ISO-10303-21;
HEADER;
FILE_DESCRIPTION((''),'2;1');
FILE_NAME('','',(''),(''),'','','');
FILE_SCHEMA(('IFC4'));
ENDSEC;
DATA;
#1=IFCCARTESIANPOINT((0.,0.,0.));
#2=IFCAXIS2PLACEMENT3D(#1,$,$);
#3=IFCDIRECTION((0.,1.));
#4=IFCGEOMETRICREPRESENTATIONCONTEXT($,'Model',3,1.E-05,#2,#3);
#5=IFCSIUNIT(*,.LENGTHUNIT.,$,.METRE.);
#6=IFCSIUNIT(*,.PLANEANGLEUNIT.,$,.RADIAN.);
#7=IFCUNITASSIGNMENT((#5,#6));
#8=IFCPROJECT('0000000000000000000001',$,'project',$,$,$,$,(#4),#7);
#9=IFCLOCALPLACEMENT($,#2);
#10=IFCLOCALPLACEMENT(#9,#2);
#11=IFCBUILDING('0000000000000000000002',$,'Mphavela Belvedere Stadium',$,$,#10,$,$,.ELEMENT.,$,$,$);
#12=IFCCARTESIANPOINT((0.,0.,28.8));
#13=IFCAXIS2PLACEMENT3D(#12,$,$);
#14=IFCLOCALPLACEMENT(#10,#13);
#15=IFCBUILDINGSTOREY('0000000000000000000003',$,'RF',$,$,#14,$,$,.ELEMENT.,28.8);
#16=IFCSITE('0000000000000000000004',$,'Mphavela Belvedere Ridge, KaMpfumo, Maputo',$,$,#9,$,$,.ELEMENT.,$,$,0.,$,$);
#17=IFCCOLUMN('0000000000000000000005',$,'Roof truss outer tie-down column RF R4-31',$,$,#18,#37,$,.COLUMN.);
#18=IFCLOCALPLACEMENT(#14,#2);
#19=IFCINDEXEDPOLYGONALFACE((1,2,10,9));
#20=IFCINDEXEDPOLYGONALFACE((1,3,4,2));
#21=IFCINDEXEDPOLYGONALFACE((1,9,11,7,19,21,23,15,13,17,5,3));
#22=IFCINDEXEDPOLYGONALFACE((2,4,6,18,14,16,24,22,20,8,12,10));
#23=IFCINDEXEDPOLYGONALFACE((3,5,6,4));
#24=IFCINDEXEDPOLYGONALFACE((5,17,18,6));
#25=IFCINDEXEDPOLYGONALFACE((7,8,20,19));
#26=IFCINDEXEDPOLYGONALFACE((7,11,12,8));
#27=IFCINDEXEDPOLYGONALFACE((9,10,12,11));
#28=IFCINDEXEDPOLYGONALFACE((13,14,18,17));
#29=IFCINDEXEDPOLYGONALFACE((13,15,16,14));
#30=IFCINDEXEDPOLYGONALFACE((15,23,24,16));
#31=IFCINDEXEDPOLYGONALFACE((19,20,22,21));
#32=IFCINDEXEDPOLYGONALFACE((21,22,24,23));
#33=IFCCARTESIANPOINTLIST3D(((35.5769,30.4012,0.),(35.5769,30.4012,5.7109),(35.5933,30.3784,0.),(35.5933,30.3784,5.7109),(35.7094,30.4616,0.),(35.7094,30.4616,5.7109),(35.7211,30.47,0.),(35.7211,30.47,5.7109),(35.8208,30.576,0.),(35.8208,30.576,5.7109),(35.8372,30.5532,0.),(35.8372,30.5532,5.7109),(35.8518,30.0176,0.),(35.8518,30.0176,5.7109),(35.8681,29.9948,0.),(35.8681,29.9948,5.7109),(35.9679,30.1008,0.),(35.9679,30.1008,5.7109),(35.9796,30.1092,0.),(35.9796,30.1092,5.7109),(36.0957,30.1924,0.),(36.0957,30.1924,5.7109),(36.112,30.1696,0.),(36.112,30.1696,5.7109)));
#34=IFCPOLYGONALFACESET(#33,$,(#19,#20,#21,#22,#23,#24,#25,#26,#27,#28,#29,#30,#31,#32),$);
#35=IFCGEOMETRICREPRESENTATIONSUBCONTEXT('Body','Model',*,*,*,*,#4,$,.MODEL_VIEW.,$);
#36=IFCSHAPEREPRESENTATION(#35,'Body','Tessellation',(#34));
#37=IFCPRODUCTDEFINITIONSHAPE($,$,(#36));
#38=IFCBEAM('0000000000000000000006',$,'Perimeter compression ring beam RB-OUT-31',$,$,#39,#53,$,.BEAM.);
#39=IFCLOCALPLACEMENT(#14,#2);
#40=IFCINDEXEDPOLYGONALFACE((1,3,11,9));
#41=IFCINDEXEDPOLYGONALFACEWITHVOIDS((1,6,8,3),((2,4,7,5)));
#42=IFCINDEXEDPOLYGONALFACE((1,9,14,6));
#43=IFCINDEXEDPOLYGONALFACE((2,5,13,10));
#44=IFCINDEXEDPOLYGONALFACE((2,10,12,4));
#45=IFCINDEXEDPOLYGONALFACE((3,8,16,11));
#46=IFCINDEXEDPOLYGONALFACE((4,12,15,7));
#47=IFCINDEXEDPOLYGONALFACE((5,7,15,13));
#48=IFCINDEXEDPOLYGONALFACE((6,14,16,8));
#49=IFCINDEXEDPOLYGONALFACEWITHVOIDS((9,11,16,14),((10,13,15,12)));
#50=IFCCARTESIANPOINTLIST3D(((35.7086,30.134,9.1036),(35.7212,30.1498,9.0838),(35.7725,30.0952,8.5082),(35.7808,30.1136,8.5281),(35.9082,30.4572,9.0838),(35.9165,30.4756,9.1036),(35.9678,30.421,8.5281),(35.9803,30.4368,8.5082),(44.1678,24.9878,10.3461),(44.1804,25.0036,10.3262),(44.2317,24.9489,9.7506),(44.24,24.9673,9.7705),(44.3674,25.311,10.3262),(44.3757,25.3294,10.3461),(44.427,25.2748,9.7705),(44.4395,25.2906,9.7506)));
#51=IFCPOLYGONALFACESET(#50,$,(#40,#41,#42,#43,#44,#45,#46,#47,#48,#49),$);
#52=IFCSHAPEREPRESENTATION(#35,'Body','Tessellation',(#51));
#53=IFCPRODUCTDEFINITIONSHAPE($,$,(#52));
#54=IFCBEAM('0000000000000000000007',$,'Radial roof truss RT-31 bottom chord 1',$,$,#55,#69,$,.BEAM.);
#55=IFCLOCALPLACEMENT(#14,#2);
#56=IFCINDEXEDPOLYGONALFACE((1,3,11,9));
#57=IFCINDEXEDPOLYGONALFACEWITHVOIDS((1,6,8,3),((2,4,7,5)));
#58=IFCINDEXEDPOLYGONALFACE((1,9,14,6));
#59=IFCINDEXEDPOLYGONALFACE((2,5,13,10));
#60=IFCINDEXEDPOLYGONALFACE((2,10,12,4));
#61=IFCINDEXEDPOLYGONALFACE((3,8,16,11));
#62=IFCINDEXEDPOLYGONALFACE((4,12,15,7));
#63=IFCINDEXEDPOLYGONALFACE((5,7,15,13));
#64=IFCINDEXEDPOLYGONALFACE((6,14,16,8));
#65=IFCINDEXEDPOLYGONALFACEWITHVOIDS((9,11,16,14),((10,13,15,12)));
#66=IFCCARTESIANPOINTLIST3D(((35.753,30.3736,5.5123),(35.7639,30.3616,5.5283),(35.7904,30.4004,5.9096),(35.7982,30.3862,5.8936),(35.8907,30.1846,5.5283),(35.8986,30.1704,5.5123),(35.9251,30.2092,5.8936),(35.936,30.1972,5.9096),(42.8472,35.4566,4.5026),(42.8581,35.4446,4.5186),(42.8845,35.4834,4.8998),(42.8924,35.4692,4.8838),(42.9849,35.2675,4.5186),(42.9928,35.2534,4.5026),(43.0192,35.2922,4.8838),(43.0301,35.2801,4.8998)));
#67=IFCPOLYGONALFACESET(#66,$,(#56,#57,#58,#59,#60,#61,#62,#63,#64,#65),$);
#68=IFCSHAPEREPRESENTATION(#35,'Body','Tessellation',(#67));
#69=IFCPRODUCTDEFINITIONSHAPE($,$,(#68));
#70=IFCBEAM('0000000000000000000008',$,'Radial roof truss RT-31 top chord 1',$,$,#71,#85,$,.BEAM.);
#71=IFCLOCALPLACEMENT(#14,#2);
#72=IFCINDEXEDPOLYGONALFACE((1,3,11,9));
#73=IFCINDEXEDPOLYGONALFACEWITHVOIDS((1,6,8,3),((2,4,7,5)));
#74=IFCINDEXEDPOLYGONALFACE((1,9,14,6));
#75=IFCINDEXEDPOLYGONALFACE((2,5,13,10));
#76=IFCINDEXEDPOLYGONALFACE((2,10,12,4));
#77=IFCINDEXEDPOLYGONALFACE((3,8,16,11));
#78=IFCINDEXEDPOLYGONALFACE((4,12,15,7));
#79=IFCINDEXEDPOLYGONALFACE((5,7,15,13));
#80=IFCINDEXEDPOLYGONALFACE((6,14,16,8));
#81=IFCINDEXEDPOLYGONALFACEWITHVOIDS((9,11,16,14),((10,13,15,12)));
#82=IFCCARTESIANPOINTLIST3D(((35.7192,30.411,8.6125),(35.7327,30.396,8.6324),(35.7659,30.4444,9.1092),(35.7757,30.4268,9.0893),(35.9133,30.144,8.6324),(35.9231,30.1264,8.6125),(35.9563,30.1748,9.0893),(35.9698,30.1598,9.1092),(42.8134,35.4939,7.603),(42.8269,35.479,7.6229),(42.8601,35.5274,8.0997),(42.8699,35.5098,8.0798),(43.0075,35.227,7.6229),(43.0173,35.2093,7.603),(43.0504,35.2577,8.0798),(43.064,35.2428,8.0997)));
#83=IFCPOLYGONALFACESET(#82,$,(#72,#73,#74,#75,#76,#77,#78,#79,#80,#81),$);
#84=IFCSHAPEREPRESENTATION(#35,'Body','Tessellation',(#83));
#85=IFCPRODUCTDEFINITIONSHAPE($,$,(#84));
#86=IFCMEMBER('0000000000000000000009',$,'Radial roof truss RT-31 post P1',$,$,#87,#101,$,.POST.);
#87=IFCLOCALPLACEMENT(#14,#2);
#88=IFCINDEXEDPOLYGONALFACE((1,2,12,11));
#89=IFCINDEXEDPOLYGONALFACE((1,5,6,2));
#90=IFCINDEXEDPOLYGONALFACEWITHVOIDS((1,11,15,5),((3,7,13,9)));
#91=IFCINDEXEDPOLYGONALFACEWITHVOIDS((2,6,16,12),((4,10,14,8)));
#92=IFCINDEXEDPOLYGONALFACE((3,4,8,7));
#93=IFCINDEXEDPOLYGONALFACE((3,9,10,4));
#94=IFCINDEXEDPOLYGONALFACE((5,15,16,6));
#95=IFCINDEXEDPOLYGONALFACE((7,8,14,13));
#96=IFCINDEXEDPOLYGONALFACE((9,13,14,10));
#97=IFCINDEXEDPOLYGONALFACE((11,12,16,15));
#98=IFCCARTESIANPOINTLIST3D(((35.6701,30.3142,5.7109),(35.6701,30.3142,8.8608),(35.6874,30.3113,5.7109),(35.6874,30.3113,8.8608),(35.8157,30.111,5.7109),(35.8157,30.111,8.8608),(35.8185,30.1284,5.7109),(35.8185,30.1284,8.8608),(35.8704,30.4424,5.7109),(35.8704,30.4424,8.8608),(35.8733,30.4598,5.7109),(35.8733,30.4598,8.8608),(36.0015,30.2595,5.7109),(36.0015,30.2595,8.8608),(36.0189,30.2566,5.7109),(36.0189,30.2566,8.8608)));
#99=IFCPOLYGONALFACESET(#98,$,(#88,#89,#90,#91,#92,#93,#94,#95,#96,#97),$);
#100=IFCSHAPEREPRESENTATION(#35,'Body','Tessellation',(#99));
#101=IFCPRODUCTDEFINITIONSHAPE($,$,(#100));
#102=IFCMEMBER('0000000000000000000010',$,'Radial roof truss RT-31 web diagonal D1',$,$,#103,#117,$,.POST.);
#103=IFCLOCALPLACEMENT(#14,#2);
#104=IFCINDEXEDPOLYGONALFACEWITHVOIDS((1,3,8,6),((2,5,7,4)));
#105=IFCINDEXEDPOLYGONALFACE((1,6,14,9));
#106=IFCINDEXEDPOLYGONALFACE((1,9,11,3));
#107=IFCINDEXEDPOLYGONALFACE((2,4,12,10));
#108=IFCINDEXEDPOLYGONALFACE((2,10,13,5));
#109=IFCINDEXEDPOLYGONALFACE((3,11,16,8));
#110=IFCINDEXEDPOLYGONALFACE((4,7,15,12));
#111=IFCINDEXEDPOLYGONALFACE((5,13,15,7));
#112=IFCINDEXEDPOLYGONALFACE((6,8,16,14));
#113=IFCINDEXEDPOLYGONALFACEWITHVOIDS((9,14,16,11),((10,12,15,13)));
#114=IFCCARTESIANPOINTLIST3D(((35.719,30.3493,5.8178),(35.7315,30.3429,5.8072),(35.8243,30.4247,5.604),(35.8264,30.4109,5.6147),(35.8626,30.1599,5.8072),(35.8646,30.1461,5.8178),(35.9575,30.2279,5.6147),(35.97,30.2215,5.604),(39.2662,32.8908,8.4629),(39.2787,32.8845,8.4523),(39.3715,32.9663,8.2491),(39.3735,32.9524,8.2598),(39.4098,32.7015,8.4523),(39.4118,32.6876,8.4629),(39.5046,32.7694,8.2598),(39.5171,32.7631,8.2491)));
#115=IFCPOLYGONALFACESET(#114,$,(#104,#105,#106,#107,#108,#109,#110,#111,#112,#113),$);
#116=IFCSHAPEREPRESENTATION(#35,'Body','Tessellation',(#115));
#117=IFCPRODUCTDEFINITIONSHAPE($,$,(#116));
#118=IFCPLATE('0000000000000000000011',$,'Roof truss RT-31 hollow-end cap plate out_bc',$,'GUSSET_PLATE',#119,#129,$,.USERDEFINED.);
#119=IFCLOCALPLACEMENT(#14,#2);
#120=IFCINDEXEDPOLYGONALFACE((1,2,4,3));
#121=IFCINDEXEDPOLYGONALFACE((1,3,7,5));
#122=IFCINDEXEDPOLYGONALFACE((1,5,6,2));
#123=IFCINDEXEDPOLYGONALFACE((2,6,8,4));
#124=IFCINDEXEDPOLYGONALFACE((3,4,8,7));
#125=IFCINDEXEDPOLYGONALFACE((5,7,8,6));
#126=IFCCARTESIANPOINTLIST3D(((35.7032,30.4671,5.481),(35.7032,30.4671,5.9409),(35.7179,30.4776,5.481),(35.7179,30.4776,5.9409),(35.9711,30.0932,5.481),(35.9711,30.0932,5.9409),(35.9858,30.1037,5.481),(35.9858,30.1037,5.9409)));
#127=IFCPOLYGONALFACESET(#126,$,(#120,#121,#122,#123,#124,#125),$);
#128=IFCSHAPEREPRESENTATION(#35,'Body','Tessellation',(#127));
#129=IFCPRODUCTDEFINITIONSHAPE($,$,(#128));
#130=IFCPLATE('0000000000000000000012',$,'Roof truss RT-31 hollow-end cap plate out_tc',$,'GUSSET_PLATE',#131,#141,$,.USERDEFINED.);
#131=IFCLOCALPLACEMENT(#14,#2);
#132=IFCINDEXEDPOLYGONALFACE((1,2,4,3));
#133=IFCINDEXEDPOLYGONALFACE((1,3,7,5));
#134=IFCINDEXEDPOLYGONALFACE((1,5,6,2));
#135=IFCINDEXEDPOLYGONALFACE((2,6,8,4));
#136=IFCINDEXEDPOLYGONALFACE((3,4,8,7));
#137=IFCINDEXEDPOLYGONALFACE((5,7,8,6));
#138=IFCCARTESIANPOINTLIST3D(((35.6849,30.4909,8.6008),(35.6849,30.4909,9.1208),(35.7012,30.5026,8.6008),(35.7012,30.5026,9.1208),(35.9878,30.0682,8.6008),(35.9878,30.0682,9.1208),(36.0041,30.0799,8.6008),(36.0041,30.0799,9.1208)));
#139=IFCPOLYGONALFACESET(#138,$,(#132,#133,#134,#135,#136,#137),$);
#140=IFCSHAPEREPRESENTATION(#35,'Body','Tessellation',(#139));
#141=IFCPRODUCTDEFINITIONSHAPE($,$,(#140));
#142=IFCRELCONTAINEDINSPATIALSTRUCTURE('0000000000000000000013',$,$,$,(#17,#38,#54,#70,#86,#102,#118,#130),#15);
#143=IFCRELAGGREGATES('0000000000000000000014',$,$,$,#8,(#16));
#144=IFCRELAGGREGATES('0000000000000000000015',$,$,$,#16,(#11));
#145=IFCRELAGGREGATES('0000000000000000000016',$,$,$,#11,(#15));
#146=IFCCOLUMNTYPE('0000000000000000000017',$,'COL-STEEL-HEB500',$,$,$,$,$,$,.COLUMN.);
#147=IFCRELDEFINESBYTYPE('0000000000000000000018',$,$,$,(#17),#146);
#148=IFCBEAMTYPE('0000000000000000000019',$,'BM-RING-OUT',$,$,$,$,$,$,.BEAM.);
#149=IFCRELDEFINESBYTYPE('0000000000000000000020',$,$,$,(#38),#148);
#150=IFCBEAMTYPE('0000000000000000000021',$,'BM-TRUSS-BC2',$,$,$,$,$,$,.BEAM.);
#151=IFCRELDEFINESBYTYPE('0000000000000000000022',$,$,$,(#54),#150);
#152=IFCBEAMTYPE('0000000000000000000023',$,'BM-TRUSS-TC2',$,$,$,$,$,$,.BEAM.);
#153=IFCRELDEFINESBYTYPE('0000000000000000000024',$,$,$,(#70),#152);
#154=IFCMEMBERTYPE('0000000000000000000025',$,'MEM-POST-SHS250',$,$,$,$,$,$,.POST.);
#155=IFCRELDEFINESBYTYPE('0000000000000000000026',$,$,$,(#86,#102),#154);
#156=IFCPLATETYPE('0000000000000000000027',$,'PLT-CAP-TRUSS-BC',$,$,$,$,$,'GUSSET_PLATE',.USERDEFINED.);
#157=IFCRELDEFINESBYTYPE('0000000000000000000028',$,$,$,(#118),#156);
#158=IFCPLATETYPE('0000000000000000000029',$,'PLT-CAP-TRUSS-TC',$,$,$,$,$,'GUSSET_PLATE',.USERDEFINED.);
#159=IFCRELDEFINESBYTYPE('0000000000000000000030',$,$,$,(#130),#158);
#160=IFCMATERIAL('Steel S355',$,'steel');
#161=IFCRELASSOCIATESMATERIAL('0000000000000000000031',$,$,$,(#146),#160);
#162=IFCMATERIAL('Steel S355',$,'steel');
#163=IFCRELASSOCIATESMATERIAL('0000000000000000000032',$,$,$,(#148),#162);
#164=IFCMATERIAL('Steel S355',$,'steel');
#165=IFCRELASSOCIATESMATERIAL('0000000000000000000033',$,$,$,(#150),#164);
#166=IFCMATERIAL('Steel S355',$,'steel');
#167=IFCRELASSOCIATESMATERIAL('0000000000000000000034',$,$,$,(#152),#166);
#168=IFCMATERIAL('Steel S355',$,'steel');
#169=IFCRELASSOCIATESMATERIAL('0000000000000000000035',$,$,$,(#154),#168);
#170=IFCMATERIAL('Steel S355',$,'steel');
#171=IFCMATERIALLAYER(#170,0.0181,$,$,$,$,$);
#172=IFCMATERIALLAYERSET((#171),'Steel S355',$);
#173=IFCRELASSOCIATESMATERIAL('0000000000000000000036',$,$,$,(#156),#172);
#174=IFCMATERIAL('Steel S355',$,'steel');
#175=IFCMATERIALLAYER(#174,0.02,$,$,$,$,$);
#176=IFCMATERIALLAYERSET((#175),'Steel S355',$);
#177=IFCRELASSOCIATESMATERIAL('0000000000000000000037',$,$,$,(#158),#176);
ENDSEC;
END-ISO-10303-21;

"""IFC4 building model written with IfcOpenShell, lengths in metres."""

from ifc_helpers import new_model, si_unit, direction, frame, origin, origin_2d, place, context, subcontext, project, spatial, rectangle, hollow_rectangle, i_section, extrude, material, layer, layer_set, material_profile, profile_set, type_object, element, save


model = new_model("IFC4")

# Units and contexts
model_context = context("Model", 3, precision=1e-05, world=origin(), true_north=direction((0.0, 1.0)))
body_context = subcontext(model_context, "Body", "Model", "MODEL_VIEW")
ifc_project = project(units=[si_unit("LENGTHUNIT", "METRE"), si_unit("PLANEANGLEUNIT", "RADIAN")], contexts=[model_context])

# Site, building, storey
site_placement = place(None, origin())
site = spatial("IfcSite", under=ifc_project, at=site_placement, Name="Mphavela Belvedere Ridge, KaMpfumo, Maputo", CompositionType="ELEMENT", RefElevation=0.0)
building_placement = place(site_placement, origin())
building = spatial("IfcBuilding", under=site, at=building_placement, Name="Mphavela Belvedere Stadium", CompositionType="ELEMENT")
storey_placement = place(building_placement, frame((0.0, 0.0, 28.8)))
storey = spatial("IfcBuildingStorey", under=building, at=storey_placement, Name="RF", CompositionType="ELEMENT", Elevation=28.8)

# Column
ifc_material_1 = material(Name="Steel S355", Category="steel")
ifc_material_profile_1 = material_profile(ifc_material_1, i_section(OverallWidth=0.3, OverallDepth=0.5, WebThickness=0.0144, FlangeThickness=0.0281, at=origin_2d()), Name="HEB 500")
ifc_profile_set_1 = profile_set([ifc_material_profile_1], Name="Steel S355")
column_type = type_object("IfcColumnType", Name="COL-STEEL-HEB500", PredefinedType="COLUMN", material=ifc_profile_set_1)
column_placement = place(storey_placement, frame((35.8445, 30.2854, 0.0), z_axis=(0.0, 0.0, 1.0), x_axis=(-0.812898, -0.582407, 0.0)))
element("IfcColumn", 1, at=column_placement, inside=storey, type_object=column_type, Name="Roof truss outer tie-down column RF R4-31", PredefinedType="COLUMN", context=body_context, shape_type="SweptSolid", body=[
    extrude(i_section(OverallWidth=0.3, OverallDepth=0.5, WebThickness=0.0144, FlangeThickness=0.0281, at=origin_2d()), origin(), (0.0, 0.0, 1.0), 5.7109),
])

# Beams
ifc_material_2 = material(Name="Steel S355", Category="steel")
ifc_material_profile_2 = material_profile(ifc_material_2, hollow_rectangle(XDim=0.3999, YDim=0.6001, WallThickness=0.02, at=origin_2d()), Name="RHS 600x400x20")
ifc_profile_set_2 = profile_set([ifc_material_profile_2], Name="Steel S355")
beam_type_1 = type_object("IfcBeamType", Name="BM-RING-OUT", PredefinedType="BEAM", material=ifc_profile_set_2)
beam_1_placement = place(storey_placement, frame((35.8445, 30.2854, 8.8059), z_axis=(0.847679, -0.515693, 0.124501), x_axis=(0.519737, 0.854327, 0.0)))
element("IfcBeam", 2, at=beam_1_placement, inside=storey, type_object=beam_type_1, Name="Perimeter compression ring beam RB-OUT-31", PredefinedType="BEAM", context=body_context, shape_type="SweptSolid", body=[
    extrude(hollow_rectangle(XDim=0.3999, YDim=0.6001, WallThickness=0.02, at=origin_2d()), origin(), (0.0, 0.0, 1.0), 9.9792),
])
ifc_material_3 = material(Name="Steel S355", Category="steel")
ifc_material_profile_3 = material_profile(ifc_material_3, hollow_rectangle(XDim=0.25, YDim=0.3999, WallThickness=0.0161, at=origin_2d()), Name="RHS 400x250x16")
ifc_profile_set_3 = profile_set([ifc_material_profile_3], Name="Steel S355")
beam_type_2 = type_object("IfcBeamType", Name="BM-TRUSS-BC2", PredefinedType="BEAM", material=ifc_profile_set_3)
beam_2_placement = place(storey_placement, frame((35.8445, 30.2854, 5.7109), z_axis=(0.807495, 0.578569, -0.114936), x_axis=(-0.582428, 0.812882, 0.0)))
element("IfcBeam", 3, at=beam_2_placement, inside=storey, type_object=beam_type_2, Name="Radial roof truss RT-31 bottom chord 1", PredefinedType="BEAM", context=body_context, shape_type="SweptSolid", body=[
    extrude(hollow_rectangle(XDim=0.25, YDim=0.3999, WallThickness=0.0161, at=origin_2d()), origin(), (0.0, 0.0, 1.0), 8.7854),
])
ifc_material_4 = material(Name="Steel S355", Category="steel")
ifc_material_profile_4 = material_profile(ifc_material_4, hollow_rectangle(XDim=0.3501, YDim=0.5, WallThickness=0.02, at=origin_2d()), Name="RHS 500x350x20")
ifc_profile_set_4 = profile_set([ifc_material_profile_4], Name="Steel S355")
beam_type_3 = type_object("IfcBeamType", Name="BM-TRUSS-TC2", PredefinedType="BEAM", material=ifc_profile_set_4)
beam_3_placement = place(storey_placement, frame((35.8445, 30.2854, 8.8608), z_axis=(0.807498, 0.57857, -0.114908), x_axis=(-0.582428, 0.812882, 0.0)))
element("IfcBeam", 4, at=beam_3_placement, inside=storey, type_object=beam_type_3, Name="Radial roof truss RT-31 top chord 1", PredefinedType="BEAM", context=body_context, shape_type="SweptSolid", body=[
    extrude(hollow_rectangle(XDim=0.3501, YDim=0.5, WallThickness=0.02, at=origin_2d()), origin(), (0.0, 0.0, 1.0), 8.7854),
])

# Members
ifc_material_5 = material(Name="Steel S355", Category="steel")
ifc_material_profile_5 = material_profile(ifc_material_5, hollow_rectangle(XDim=0.25, YDim=0.25, WallThickness=0.0125, at=origin_2d()), Name="SHS 250x250x12.5")
ifc_profile_set_5 = profile_set([ifc_material_profile_5], Name="Steel S355")
member_type = type_object("IfcMemberType", Name="MEM-POST-SHS250", PredefinedType="POST", material=ifc_profile_set_5)
member_1_placement = place(storey_placement, frame((35.8445, 30.2854, 5.7109), z_axis=(0.0, 0.0, 1.0), x_axis=(-0.812898, -0.582407, 0.0)))
element("IfcMember", 5, at=member_1_placement, inside=storey, type_object=member_type, Name="Radial roof truss RT-31 post P1", PredefinedType="POST", context=body_context, shape_type="SweptSolid", body=[
    extrude(hollow_rectangle(XDim=0.25, YDim=0.25, WallThickness=0.0125, at=origin_2d()), origin(), (0.0, 0.0, 1.0), 3.1499),
])
member_2_placement = place(storey_placement, frame((35.8445, 30.2854, 5.7109), z_axis=(0.695147, 0.498072, 0.518358), x_axis=(-0.582428, 0.812882, 0.0)))
element("IfcMember", 6, at=member_2_placement, inside=storey, type_object=member_type, Name="Radial roof truss RT-31 web diagonal D1", PredefinedType="POST", context=body_context, shape_type="SweptSolid", body=[
    extrude(hollow_rectangle(XDim=0.25, YDim=0.25, WallThickness=0.0125, at=origin_2d()), origin(), (0.0, 0.0, 1.0), 5.1028),
])

# Plates
ifc_material_6 = material(Name="Steel S355", Category="steel")
ifc_layer_1 = layer(ifc_material_6, 0.0181)
ifc_layer_set_1 = layer_set([ifc_layer_1], Name="Steel S355")
plate_type_1 = type_object("IfcPlateType", Name="PLT-CAP-TRUSS-BC", ElementType="GUSSET_PLATE", PredefinedType="USERDEFINED", material=ifc_layer_set_1)
plate_1_placement = place(storey_placement, frame((35.8445, 30.2854, 5.481), z_axis=(0.0, 0.0, 1.0), x_axis=(-0.812898, -0.582407, 0.0)))
element("IfcPlate", 7, at=plate_1_placement, inside=storey, type_object=plate_type_1, Name="Roof truss RT-31 hollow-end cap plate out_bc", ObjectType="GUSSET_PLATE", PredefinedType="USERDEFINED", context=body_context, shape_type="SweptSolid", body=[
    extrude(rectangle(XDim=0.0181, YDim=0.46, at=origin_2d()), origin(), (0.0, 0.0, 1.0), 0.46),
])
ifc_material_7 = material(Name="Steel S355", Category="steel")
ifc_layer_2 = layer(ifc_material_7, 0.02)
ifc_layer_set_2 = layer_set([ifc_layer_2], Name="Steel S355")
plate_type_2 = type_object("IfcPlateType", Name="PLT-CAP-TRUSS-TC", ElementType="GUSSET_PLATE", PredefinedType="USERDEFINED", material=ifc_layer_set_2)
plate_2_placement = place(storey_placement, frame((35.8445, 30.2854, 8.6008), z_axis=(0.0, 0.0, 1.0), x_axis=(-0.812898, -0.582407, 0.0)))
element("IfcPlate", 8, at=plate_2_placement, inside=storey, type_object=plate_type_2, Name="Roof truss RT-31 hollow-end cap plate out_tc", ObjectType="GUSSET_PLATE", PredefinedType="USERDEFINED", context=body_context, shape_type="SweptSolid", body=[
    extrude(rectangle(XDim=0.02, YDim=0.52, at=origin_2d()), origin(), (0.0, 0.0, 1.0), 0.52),
])

save(model, "model.ifc")
